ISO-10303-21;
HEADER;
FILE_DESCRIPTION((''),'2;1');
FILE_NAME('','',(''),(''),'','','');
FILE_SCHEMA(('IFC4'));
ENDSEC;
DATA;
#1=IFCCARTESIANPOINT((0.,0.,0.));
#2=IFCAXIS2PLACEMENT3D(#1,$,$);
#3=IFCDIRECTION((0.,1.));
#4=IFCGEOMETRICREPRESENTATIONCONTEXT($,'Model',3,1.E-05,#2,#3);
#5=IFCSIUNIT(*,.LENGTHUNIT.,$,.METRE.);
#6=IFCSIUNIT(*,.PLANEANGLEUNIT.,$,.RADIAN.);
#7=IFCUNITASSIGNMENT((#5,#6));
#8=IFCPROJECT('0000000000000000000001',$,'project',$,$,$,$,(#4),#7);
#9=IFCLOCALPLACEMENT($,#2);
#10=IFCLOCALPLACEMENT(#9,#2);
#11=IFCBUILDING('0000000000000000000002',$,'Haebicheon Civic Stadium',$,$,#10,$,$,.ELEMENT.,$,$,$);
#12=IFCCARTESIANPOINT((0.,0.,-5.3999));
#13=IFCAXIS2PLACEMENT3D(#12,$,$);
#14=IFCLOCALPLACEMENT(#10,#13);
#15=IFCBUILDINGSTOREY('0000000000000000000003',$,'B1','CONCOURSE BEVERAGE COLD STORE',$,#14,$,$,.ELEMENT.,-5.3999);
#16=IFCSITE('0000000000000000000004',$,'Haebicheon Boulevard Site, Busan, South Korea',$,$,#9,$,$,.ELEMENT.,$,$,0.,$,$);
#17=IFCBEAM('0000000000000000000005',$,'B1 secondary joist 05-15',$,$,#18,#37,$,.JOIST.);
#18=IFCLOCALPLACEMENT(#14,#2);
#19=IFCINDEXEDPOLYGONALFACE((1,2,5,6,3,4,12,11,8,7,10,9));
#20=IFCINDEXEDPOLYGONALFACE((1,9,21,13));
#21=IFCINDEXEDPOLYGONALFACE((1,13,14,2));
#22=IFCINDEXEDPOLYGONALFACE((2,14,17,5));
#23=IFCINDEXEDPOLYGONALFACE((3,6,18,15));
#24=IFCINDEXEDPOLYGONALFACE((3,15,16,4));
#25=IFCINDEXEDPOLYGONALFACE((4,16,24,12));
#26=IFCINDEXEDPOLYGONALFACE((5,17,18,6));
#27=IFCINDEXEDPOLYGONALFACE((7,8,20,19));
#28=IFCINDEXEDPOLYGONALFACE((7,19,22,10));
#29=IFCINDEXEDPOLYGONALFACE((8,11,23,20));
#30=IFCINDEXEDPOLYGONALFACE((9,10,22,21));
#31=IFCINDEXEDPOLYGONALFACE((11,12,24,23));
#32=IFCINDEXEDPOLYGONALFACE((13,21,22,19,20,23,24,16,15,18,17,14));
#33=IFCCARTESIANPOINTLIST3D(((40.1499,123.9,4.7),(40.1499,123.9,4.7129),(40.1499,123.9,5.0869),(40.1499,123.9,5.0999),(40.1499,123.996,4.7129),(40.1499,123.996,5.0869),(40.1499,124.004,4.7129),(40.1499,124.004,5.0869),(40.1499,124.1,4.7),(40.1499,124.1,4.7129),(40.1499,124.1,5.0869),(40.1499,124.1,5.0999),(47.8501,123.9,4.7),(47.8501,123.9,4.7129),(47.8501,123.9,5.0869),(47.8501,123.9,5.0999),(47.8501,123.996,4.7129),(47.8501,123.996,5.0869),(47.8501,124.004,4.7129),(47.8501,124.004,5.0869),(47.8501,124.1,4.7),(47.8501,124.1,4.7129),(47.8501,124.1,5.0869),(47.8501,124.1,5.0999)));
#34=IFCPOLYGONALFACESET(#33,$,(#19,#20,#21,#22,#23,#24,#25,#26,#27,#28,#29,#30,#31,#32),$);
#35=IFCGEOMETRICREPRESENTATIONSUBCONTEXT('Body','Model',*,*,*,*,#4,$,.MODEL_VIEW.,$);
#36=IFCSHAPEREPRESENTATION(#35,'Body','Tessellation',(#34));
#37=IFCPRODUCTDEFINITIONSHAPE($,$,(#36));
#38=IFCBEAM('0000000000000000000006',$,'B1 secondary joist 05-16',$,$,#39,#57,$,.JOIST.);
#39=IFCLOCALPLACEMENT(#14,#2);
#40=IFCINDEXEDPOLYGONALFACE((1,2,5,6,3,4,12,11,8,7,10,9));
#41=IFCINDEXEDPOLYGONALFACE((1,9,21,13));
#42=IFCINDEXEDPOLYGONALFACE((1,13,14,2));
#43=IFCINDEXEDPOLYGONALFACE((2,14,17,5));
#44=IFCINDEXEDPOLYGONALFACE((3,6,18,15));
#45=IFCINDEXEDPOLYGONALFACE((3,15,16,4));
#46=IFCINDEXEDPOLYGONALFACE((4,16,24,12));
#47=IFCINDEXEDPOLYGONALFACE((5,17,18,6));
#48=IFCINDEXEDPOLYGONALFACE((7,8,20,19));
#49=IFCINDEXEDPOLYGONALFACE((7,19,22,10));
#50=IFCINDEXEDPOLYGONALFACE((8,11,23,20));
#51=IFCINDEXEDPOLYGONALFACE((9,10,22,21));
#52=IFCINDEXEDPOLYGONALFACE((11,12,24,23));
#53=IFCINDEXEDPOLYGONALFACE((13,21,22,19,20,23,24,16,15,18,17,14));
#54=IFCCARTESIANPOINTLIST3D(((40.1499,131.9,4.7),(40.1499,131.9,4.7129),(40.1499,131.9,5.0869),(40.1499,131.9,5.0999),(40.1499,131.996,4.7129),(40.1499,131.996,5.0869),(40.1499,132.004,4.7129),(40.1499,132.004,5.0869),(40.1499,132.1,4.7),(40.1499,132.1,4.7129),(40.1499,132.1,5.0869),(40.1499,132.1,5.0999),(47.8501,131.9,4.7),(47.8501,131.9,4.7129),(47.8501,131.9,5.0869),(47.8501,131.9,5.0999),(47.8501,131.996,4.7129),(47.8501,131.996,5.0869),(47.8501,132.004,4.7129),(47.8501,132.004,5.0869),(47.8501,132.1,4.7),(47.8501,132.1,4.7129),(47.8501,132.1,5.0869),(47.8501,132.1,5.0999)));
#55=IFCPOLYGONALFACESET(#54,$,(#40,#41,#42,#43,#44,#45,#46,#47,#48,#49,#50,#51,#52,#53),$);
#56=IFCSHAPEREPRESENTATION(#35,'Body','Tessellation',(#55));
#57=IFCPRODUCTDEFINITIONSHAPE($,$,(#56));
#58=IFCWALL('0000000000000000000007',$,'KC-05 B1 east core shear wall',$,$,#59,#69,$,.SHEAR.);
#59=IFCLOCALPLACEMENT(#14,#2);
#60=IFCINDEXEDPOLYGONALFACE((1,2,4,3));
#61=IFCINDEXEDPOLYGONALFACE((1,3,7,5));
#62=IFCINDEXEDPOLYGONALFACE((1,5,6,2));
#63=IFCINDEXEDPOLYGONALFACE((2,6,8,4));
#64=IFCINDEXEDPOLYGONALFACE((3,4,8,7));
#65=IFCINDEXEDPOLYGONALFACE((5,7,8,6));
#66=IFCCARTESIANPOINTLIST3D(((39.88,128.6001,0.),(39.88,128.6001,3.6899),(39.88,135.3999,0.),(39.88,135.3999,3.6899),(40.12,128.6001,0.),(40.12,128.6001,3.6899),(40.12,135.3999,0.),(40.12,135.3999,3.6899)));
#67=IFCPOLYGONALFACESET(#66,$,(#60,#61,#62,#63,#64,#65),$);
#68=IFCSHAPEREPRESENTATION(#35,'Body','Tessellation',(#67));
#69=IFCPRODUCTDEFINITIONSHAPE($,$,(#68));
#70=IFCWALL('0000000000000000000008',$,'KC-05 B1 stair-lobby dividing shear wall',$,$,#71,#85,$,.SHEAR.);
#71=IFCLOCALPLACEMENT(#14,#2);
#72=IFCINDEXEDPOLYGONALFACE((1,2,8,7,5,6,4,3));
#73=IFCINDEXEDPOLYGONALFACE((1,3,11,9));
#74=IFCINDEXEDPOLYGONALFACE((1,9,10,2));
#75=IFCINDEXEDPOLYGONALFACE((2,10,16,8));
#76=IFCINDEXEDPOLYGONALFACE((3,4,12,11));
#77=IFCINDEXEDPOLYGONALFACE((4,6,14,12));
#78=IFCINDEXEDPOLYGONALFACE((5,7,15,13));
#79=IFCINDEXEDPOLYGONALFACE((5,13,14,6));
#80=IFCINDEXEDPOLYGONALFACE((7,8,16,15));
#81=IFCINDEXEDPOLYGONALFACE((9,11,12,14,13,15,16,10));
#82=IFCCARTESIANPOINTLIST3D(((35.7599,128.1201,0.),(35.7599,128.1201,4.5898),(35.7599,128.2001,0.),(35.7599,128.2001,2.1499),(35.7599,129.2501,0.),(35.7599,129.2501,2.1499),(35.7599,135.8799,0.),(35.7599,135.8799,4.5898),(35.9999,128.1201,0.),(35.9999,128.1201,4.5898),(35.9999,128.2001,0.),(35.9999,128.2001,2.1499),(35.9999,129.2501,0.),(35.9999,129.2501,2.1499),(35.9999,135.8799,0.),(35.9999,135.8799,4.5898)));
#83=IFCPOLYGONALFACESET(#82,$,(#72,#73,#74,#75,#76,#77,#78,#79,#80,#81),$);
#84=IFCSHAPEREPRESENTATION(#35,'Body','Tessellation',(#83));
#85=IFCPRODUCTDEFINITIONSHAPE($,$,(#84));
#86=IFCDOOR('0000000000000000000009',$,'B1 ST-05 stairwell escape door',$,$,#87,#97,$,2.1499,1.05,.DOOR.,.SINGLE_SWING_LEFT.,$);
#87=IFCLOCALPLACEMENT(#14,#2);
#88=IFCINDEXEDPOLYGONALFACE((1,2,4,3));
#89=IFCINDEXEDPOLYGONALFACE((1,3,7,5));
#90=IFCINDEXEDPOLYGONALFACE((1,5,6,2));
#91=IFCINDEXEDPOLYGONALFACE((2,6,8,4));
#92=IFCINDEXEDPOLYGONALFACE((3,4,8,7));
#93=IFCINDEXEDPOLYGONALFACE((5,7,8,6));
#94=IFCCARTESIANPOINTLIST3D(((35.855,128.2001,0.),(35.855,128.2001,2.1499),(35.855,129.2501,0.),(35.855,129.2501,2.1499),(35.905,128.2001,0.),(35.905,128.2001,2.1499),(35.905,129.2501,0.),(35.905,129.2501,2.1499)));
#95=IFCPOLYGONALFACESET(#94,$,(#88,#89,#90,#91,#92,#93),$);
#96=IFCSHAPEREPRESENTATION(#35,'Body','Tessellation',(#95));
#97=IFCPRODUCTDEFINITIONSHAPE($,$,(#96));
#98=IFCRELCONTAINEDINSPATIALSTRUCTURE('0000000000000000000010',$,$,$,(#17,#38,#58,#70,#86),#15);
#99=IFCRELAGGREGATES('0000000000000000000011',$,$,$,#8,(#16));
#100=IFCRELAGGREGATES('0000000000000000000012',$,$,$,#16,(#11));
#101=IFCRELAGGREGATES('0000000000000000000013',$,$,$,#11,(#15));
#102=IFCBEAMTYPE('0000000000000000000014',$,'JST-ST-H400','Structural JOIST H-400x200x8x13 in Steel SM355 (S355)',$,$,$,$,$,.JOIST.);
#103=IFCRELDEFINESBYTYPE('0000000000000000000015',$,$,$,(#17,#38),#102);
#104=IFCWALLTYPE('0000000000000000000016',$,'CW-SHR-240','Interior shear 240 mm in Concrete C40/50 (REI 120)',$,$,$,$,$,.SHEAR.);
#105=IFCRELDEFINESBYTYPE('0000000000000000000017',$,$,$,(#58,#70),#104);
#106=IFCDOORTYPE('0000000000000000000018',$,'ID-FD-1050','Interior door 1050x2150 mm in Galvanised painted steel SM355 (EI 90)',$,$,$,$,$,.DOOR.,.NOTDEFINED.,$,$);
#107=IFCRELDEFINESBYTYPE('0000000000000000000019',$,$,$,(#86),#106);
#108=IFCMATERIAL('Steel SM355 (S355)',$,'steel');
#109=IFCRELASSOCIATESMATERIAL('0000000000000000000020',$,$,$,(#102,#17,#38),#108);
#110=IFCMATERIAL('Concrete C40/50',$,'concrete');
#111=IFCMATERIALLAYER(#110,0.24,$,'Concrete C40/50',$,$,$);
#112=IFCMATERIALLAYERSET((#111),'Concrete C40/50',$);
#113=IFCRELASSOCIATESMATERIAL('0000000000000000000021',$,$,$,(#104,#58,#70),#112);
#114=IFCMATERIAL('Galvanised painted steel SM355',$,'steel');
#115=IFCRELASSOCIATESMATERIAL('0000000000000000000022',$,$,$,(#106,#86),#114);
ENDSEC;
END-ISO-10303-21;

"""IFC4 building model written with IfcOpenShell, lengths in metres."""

from ifc_helpers import new_model, si_unit, direction, frame, frame_2d, origin, origin_2d, place, context, subcontext, project, spatial, rectangle, i_section, extrude, material, layer, layer_set, material_profile, profile_set, type_object, element, fill, save


model = new_model("IFC4")

# Units and contexts
model_context = context("Model", 3, precision=1e-05, world=origin(), true_north=direction((0.0, 1.0)))
body_context = subcontext(model_context, "Body", "Model", "MODEL_VIEW")
ifc_project = project(units=[si_unit("LENGTHUNIT", "METRE"), si_unit("PLANEANGLEUNIT", "RADIAN")], contexts=[model_context])

# Site, building, storey
site_placement = place(None, origin())
site = spatial("IfcSite", under=ifc_project, at=site_placement, Name="Haebicheon Boulevard Site, Busan, South Korea", CompositionType="ELEMENT", RefElevation=0.0)
building_placement = place(site_placement, origin())
building = spatial("IfcBuilding", under=site, at=building_placement, Name="Haebicheon Civic Stadium", CompositionType="ELEMENT")
storey_placement = place(building_placement, frame((0.0, 0.0, -5.3999)))
storey = spatial("IfcBuildingStorey", under=building, at=storey_placement, Name="B1", Description="CONCOURSE BEVERAGE COLD STORE", CompositionType="ELEMENT", Elevation=-5.3999)

# Beams
ifc_material_1 = material(Name="Steel SM355 (S355)", Category="steel")
ifc_material_profile_1 = material_profile(ifc_material_1, i_section(OverallWidth=0.2, OverallDepth=0.3999, WebThickness=0.0081, FlangeThickness=0.0129, at=origin_2d()), Name="H-400x200x8x13")
ifc_profile_set_1 = profile_set([ifc_material_profile_1], Name="Steel SM355 (S355)")
beam_type_1 = type_object("IfcBeamType", Name="JST-ST-H400", Description="Structural JOIST H-400x200x8x13 in Steel SM355 (S355)", PredefinedType="JOIST", material=ifc_profile_set_1)
for number, where, z_axis, x_axis, name in (
    (1, (40.1499, 124.0, 4.8999), (1.0, 0.0, 0.0), (0.0, 1.0, 0.0), "B1 secondary joist 05-15"),
    (2, (40.1499, 132.0, 4.8999), (1.0, 0.0, 0.0), (0.0, 1.0, 0.0), "B1 secondary joist 05-16"),
):
    element("IfcBeam", number, at=place(storey_placement, frame(where, z_axis=z_axis, x_axis=x_axis)), inside=storey, type_object=beam_type_1, material=ifc_profile_set_1, Name=name, PredefinedType="JOIST", context=body_context, shape_type="SweptSolid", body=[
        extrude(i_section(OverallWidth=0.2, OverallDepth=0.3999, WebThickness=0.0081, FlangeThickness=0.0129, at=origin_2d()), origin(), (0.0, 0.0, 1.0), 7.7002),
    ])

# Wall
ifc_material_2 = material(Name="Concrete C40/50", Category="concrete")
ifc_layer_1 = layer(ifc_material_2, 0.24, Name="Concrete C40/50")
ifc_layer_set_1 = layer_set([ifc_layer_1], Name="Concrete C40/50")
wall_type = type_object("IfcWallType", Name="CW-SHR-240", Description="Interior shear 240 mm in Concrete C40/50 (REI 120)", PredefinedType="SHEAR", material=ifc_layer_set_1)
wall_1_placement = place(storey_placement, frame((40.0, 128.6001, 0.0), z_axis=(0.0, 0.0, 1.0), x_axis=(0.0, 1.0, 0.0)))
element("IfcWall", 3, at=wall_1_placement, inside=storey, type_object=wall_type, material=ifc_layer_set_1, Name="KC-05 B1 east core shear wall", PredefinedType="SHEAR", context=body_context, shape_type="SweptSolid", body=[
    extrude(rectangle(XDim=6.7998, YDim=0.24, at=frame_2d((3.3999, 0.0))), origin(), (0.0, 0.0, 1.0), 3.6899),
])

# Wall, opening, door
wall_2_placement = place(storey_placement, frame((35.8799, 128.1201, 0.0), z_axis=(0.0, 0.0, 1.0), x_axis=(0.0, 1.0, 0.0)))
wall_2 = element("IfcWall", 4, at=wall_2_placement, inside=storey, type_object=wall_type, material=ifc_layer_set_1, Name="KC-05 B1 stair-lobby dividing shear wall", PredefinedType="SHEAR", context=body_context, shape_type="SweptSolid", body=[
    extrude(rectangle(XDim=7.7598, YDim=0.24, at=frame_2d((3.8799, 0.0))), origin(), (0.0, 0.0, 1.0), 4.5898),
])
opening_placement = place(wall_2_placement, frame((0.0801, 0.0, 0.0)))
opening = element("IfcOpeningElement", 5, at=opening_placement, cuts=wall_2, PredefinedType="OPENING", context=body_context, shape_type="SweptSolid", body=[
    extrude(rectangle(XDim=1.05, YDim=2.1499, at=frame_2d((0.5249, 1.075))), frame((0.0, 0.1299, 0.0), z_axis=(0.0, -1.0, 0.0), x_axis=(1.0, 0.0, 0.0)), (0.0, 0.0, 1.0), 0.26),
])
ifc_material_3 = material(Name="Galvanised painted steel SM355", Category="steel")
door_type = type_object("IfcDoorType", Name="ID-FD-1050", Description="Interior door 1050x2150 mm in Galvanised painted steel SM355 (EI 90)", OperationType="NOTDEFINED", PredefinedType="DOOR", material=ifc_material_3)
door_placement = place(opening_placement, origin())
door = element("IfcDoor", 6, at=door_placement, inside=storey, type_object=door_type, material=ifc_material_3, Name="B1 ST-05 stairwell escape door", OperationType="SINGLE_SWING_LEFT", OverallHeight=2.1499, OverallWidth=1.05, PredefinedType="DOOR", context=body_context, shape_type="SweptSolid", body=[
    extrude(rectangle(XDim=1.05, YDim=2.1499, at=frame_2d((0.5249, 1.075))), frame((0.0, 0.0249, 0.0), z_axis=(0.0, -1.0, 0.0), x_axis=(1.0, 0.0, 0.0)), (0.0, 0.0, 1.0), 0.05),
])
fill(opening, door)

save(model, "model.ifc")
